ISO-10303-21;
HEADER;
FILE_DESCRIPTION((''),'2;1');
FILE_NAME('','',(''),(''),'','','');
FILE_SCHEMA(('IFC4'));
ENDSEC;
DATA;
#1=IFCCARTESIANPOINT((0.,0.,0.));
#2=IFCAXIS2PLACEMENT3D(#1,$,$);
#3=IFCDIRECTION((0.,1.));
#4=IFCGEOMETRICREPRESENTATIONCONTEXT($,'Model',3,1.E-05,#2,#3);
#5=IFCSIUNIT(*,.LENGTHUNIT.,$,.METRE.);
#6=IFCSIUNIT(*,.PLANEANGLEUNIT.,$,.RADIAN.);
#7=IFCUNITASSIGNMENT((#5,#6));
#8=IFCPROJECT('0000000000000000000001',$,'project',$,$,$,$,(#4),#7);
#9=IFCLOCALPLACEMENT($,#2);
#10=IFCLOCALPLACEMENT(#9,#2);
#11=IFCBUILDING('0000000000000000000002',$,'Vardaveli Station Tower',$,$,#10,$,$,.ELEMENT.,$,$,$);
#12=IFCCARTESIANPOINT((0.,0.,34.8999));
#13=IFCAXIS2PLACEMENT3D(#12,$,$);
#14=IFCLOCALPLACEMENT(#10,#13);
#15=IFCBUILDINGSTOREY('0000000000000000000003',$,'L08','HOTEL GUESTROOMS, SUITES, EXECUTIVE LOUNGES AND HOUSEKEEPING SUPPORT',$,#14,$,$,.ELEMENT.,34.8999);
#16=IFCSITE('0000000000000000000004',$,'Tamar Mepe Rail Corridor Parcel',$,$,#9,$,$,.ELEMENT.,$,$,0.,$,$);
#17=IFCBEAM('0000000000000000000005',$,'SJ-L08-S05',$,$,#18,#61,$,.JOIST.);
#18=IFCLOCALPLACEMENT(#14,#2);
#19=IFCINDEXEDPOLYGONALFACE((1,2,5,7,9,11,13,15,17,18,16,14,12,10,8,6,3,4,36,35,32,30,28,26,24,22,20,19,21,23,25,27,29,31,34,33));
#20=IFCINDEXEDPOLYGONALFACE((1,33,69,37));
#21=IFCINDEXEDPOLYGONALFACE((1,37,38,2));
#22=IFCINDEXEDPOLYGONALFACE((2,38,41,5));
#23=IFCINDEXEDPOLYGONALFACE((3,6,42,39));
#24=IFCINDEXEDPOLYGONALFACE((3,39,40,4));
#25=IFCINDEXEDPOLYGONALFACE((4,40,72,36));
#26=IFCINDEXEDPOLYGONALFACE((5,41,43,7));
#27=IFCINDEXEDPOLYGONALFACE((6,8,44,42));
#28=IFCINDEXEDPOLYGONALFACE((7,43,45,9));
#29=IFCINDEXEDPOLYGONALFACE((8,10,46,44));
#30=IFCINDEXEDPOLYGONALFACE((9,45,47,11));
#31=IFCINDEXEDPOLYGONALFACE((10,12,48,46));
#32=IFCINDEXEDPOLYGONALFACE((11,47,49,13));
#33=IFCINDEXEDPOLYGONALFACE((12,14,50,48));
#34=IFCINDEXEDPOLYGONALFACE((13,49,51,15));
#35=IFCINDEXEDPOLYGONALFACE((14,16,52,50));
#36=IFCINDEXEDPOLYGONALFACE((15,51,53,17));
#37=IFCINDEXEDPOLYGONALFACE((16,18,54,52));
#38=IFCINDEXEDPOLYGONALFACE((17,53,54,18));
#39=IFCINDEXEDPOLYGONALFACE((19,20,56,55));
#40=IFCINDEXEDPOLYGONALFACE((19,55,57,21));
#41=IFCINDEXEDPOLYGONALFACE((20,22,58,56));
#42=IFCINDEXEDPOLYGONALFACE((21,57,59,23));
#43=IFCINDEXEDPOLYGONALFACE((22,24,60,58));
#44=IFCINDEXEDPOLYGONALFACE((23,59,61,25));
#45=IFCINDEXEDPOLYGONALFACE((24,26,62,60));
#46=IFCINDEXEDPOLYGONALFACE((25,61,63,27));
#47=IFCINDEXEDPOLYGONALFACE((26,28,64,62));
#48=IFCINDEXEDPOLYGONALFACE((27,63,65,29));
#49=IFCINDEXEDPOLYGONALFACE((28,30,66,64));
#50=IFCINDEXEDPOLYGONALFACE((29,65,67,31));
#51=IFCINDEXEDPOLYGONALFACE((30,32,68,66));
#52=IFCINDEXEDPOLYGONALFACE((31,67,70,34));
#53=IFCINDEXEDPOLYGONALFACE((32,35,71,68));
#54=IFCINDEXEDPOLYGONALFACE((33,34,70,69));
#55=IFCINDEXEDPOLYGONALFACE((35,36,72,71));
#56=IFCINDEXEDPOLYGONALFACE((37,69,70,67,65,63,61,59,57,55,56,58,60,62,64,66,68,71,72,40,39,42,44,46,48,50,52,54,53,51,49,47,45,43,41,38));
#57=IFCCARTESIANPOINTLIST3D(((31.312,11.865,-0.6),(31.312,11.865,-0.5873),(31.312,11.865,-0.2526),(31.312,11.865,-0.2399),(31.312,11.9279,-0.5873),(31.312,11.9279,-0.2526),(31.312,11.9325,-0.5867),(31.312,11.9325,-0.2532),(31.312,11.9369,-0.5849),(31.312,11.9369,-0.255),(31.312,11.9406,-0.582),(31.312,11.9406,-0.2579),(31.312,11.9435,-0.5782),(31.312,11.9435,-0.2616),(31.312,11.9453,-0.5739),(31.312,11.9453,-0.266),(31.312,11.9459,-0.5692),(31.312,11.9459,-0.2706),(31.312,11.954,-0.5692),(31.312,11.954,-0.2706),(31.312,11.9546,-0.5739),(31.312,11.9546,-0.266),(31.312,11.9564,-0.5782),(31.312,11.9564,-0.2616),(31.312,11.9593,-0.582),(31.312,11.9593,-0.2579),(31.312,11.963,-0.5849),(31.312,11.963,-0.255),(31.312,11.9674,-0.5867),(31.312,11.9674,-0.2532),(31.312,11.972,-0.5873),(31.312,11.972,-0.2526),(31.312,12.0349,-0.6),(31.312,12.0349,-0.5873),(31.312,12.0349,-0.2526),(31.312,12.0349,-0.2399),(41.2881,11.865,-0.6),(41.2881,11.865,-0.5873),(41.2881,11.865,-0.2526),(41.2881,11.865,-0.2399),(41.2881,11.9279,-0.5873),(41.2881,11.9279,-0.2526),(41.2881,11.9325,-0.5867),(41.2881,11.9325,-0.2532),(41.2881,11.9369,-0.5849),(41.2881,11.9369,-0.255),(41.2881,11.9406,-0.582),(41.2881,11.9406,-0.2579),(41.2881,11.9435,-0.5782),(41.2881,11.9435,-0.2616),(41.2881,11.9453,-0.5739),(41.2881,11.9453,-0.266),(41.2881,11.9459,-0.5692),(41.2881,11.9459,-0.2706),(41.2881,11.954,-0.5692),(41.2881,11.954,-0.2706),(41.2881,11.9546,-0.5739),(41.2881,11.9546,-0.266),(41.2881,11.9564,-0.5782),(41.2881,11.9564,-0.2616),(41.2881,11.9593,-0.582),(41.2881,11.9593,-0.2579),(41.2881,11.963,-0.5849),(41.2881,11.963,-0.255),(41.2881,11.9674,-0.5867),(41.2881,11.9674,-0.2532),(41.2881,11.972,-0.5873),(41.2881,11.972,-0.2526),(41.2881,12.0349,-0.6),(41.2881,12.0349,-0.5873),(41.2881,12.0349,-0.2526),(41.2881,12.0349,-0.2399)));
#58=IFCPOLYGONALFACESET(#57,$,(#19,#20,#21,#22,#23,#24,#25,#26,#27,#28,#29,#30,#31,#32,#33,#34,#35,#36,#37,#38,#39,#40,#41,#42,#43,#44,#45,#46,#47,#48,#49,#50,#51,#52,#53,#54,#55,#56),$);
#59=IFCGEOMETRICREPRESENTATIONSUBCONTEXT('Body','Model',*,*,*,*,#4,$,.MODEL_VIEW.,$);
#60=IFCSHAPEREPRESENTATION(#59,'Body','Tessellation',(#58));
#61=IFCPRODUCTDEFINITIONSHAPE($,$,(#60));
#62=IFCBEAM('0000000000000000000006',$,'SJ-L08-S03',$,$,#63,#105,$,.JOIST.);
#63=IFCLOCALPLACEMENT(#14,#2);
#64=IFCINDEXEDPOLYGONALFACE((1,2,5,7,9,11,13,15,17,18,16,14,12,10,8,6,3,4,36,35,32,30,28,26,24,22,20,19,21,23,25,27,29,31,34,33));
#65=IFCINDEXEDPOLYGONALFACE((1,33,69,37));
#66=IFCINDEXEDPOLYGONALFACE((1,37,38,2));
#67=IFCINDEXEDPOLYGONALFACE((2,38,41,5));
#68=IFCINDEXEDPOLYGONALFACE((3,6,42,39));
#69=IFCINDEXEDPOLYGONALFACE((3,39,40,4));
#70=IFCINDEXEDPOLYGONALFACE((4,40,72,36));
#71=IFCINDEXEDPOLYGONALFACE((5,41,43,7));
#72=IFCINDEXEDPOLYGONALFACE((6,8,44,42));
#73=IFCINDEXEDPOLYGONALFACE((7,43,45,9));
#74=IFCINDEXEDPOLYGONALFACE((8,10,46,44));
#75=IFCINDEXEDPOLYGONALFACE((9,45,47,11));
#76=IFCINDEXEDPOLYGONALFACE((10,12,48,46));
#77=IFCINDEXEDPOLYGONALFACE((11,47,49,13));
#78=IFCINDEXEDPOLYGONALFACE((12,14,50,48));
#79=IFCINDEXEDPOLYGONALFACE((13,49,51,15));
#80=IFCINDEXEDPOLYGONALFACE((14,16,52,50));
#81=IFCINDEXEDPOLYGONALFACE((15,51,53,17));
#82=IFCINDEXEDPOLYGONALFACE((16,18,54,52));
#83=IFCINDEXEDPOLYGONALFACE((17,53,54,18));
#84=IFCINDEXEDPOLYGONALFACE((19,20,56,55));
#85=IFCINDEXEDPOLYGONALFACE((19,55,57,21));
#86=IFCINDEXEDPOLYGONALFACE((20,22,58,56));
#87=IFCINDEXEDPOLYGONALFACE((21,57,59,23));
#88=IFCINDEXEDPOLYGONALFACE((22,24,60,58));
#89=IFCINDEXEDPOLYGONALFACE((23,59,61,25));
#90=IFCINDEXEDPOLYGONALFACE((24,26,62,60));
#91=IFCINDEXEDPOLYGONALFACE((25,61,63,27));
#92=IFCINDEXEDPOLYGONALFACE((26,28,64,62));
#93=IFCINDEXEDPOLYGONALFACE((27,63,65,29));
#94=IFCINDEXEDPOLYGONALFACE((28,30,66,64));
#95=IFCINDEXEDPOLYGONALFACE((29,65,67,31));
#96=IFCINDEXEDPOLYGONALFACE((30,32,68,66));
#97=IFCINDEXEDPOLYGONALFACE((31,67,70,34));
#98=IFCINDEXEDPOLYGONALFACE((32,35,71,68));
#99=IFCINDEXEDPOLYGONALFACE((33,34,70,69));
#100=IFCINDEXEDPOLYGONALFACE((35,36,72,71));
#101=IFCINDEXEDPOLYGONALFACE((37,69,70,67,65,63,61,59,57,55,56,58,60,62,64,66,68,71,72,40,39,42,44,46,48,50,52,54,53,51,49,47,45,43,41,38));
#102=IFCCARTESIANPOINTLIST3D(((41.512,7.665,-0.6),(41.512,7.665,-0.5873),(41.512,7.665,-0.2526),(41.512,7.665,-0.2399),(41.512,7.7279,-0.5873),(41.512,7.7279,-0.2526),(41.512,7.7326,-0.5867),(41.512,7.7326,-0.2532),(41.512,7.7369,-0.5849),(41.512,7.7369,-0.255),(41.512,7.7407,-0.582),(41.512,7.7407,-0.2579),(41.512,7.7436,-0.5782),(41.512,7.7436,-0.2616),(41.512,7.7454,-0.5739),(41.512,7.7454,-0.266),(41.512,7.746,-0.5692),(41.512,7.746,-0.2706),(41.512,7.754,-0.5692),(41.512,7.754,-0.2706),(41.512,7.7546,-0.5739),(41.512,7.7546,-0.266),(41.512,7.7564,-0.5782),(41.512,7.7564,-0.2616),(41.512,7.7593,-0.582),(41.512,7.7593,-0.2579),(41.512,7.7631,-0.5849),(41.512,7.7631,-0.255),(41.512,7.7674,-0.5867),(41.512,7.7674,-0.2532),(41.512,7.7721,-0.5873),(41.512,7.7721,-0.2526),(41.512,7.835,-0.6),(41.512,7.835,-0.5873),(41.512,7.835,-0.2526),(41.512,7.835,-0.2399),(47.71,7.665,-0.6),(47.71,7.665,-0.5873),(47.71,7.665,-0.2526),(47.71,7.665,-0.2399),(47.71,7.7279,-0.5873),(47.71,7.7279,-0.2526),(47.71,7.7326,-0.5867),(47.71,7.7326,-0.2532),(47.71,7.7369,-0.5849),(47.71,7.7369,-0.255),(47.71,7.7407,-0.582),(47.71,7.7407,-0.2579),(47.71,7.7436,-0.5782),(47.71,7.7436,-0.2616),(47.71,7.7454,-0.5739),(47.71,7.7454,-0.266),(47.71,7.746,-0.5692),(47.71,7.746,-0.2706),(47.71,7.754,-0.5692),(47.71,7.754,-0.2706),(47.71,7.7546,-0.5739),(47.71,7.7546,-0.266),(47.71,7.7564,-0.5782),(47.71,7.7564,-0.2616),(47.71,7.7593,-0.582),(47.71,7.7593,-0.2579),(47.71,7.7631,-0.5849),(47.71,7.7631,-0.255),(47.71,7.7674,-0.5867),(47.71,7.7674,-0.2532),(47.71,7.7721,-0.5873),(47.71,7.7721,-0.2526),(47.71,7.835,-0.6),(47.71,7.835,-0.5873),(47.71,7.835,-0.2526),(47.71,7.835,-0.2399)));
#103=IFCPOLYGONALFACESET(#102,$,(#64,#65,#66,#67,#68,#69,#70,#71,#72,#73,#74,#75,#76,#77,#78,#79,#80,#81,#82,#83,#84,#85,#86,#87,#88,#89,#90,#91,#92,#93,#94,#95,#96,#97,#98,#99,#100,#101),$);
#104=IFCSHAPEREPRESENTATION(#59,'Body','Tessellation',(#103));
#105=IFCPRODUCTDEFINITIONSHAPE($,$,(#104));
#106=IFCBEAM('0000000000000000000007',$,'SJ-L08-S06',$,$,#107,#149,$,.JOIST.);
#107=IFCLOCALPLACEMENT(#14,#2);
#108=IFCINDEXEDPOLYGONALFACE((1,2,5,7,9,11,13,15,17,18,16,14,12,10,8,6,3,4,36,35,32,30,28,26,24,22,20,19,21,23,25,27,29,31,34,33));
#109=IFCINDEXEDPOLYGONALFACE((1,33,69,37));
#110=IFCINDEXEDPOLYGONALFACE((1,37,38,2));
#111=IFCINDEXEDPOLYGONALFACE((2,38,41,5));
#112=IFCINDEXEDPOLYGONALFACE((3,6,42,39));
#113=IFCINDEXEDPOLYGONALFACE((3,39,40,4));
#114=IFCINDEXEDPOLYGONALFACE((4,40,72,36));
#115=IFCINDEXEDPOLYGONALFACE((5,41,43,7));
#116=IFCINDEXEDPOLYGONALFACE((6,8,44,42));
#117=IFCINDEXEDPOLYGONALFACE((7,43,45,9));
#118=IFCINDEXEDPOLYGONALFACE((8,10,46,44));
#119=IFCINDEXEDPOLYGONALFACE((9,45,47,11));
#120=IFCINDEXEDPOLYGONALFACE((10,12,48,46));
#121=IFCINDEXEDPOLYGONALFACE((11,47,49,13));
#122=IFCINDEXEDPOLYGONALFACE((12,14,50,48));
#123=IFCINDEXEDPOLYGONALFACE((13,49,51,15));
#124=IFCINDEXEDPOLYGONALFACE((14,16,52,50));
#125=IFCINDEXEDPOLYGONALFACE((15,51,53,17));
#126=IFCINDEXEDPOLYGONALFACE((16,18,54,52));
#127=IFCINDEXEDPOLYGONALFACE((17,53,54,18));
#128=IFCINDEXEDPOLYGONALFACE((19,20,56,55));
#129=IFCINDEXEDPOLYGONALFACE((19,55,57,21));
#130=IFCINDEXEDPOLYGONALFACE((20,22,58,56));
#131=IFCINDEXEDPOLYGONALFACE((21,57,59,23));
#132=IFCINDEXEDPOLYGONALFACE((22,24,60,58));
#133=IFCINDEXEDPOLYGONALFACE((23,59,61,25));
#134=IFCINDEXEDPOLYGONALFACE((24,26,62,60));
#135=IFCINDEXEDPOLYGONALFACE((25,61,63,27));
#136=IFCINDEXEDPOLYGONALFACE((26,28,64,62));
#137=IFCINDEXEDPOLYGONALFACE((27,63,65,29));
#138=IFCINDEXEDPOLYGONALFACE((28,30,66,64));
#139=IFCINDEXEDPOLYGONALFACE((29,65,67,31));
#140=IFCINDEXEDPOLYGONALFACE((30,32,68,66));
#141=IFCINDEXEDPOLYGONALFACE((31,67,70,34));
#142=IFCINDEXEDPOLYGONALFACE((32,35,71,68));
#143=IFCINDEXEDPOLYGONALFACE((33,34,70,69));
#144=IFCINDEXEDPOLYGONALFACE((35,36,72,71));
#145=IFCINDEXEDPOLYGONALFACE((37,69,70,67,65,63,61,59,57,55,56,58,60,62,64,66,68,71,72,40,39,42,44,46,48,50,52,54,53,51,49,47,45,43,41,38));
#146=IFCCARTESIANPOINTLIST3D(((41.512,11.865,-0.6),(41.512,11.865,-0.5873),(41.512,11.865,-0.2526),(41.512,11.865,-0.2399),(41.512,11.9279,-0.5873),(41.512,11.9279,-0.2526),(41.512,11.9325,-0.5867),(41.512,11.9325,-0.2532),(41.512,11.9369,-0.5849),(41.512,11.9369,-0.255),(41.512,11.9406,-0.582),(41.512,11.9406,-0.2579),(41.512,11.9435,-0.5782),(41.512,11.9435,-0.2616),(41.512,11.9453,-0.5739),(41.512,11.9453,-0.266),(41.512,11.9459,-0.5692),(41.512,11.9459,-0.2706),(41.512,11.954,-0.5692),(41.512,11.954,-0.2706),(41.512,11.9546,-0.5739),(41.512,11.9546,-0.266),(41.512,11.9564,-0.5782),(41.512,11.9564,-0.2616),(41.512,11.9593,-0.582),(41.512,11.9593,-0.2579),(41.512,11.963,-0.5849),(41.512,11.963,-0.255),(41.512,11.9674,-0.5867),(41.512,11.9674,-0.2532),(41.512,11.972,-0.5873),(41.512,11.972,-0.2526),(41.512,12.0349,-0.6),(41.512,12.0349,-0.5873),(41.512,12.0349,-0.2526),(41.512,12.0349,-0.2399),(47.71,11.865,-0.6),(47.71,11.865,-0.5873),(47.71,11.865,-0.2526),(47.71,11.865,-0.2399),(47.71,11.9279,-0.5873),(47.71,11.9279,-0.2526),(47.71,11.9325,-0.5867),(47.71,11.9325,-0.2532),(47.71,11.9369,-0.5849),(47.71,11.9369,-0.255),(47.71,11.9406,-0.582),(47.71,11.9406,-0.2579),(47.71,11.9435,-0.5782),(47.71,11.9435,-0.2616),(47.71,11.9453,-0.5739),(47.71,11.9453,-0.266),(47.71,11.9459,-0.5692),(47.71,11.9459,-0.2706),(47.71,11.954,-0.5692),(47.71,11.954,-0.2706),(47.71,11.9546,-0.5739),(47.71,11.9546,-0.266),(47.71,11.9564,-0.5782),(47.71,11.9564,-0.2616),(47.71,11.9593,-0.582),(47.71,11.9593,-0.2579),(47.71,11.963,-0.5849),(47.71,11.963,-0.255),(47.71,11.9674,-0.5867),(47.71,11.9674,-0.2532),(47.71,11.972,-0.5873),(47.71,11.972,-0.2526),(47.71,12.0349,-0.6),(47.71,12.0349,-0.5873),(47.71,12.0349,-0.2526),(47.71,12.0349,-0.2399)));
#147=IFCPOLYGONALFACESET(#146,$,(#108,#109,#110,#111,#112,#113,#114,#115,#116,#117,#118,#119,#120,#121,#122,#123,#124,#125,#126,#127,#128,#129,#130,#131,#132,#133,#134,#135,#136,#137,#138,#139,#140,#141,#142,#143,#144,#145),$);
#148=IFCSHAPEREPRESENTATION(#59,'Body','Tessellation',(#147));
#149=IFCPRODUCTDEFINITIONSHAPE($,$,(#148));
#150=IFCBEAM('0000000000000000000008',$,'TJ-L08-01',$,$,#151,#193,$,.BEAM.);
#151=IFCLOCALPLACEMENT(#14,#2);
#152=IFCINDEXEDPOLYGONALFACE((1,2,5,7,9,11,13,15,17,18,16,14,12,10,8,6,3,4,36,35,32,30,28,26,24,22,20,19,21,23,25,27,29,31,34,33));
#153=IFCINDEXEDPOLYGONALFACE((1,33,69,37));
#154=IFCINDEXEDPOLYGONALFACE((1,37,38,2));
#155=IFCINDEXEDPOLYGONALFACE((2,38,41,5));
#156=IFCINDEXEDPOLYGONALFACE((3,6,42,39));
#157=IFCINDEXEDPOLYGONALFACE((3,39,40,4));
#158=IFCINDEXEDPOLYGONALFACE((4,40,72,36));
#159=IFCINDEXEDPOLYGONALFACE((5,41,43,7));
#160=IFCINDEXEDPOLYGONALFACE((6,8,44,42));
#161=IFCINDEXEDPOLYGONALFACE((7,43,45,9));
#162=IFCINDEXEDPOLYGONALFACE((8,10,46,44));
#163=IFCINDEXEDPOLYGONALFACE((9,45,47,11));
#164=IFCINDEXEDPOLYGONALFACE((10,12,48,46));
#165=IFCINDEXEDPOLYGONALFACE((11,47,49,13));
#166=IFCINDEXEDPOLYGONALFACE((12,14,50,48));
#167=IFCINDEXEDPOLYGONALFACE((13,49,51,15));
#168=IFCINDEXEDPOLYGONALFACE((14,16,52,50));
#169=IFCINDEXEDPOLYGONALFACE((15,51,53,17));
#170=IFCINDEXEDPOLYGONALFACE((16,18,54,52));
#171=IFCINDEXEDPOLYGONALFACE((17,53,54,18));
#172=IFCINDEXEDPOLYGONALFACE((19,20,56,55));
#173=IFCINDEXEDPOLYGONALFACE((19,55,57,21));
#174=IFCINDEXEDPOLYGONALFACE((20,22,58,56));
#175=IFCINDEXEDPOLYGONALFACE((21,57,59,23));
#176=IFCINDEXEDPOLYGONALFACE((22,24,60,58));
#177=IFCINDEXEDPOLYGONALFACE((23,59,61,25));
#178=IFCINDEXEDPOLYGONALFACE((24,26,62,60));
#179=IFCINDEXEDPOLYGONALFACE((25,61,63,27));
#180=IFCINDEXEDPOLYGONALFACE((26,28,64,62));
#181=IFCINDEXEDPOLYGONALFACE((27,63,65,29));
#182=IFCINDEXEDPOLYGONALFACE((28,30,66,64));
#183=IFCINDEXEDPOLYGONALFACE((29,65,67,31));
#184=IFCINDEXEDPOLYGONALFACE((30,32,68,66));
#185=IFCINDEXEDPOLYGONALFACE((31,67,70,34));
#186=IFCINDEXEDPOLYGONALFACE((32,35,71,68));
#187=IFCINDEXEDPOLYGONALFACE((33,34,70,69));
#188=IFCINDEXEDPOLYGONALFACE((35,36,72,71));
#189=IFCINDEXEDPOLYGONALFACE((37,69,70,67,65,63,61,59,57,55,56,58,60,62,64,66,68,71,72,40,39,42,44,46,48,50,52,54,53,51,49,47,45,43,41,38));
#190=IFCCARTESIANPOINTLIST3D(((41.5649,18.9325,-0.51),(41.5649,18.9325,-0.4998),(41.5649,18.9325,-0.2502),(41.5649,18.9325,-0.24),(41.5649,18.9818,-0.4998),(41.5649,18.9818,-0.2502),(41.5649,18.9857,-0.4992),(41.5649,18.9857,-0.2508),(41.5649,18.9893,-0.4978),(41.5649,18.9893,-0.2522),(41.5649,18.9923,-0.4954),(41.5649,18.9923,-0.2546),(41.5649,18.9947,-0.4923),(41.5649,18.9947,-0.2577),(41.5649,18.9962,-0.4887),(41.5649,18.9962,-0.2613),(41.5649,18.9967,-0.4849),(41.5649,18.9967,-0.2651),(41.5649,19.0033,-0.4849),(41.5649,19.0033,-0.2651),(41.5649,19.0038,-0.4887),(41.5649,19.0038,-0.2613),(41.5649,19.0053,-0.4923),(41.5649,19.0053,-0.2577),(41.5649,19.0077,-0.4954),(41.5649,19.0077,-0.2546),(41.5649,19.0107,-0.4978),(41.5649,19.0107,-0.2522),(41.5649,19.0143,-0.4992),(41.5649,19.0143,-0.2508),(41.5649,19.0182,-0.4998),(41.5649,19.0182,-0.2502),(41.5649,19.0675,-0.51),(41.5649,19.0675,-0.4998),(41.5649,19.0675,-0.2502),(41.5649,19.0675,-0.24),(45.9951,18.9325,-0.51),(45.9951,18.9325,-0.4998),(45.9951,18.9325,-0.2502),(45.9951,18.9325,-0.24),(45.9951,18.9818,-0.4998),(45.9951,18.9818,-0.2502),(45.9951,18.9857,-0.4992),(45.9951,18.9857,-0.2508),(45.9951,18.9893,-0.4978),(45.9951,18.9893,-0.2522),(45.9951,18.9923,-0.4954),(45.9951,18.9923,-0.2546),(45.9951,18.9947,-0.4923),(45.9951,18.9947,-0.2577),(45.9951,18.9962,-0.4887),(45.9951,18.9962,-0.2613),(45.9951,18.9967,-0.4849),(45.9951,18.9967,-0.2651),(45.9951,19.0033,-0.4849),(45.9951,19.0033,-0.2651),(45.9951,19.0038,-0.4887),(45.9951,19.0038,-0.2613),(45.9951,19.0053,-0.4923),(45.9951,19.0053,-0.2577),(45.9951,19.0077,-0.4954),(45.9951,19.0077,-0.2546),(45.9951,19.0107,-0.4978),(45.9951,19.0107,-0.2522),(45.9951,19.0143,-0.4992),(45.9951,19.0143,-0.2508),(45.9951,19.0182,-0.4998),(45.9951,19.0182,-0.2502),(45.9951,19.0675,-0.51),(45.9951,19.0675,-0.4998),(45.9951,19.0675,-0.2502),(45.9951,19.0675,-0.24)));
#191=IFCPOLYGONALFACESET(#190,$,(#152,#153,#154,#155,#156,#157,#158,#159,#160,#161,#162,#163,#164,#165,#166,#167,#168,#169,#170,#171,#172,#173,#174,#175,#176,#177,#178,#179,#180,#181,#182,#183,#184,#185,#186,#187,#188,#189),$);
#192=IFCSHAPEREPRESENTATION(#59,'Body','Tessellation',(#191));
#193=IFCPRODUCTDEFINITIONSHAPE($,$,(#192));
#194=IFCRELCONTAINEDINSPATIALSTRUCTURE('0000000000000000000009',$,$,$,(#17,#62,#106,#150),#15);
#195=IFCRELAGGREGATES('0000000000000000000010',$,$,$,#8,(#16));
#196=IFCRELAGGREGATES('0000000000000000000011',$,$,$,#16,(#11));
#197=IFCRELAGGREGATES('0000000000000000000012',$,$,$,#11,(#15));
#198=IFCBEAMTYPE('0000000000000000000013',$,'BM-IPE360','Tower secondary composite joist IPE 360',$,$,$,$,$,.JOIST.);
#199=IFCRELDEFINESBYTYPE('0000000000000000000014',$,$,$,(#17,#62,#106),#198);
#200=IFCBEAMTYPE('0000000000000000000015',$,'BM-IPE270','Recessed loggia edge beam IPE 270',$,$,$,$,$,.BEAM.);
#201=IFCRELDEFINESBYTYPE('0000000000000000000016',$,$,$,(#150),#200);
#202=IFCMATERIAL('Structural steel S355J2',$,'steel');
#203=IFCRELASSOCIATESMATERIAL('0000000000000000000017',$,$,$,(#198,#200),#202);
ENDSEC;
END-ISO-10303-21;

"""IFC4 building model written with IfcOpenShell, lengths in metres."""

from ifc_helpers import new_model, si_unit, direction, frame, origin, origin_2d, place, context, subcontext, project, spatial, i_section, extrude, source, transform, mapped, material, material_profile, profile_set, type_object, element, save


model = new_model("IFC4")

# Units and contexts
model_context = context("Model", 3, precision=1e-05, world=origin(), true_north=direction((0.0, 1.0)))
body_context = subcontext(model_context, "Body", "Model", "MODEL_VIEW")
ifc_project = project(units=[si_unit("LENGTHUNIT", "METRE"), si_unit("PLANEANGLEUNIT", "RADIAN")], contexts=[model_context])

# Site, building, storey
site_placement = place(None, origin())
site = spatial("IfcSite", under=ifc_project, at=site_placement, Name="Tamar Mepe Rail Corridor Parcel", CompositionType="ELEMENT", RefElevation=0.0)
building_placement = place(site_placement, origin())
building = spatial("IfcBuilding", under=site, at=building_placement, Name="Vardaveli Station Tower", CompositionType="ELEMENT")
storey_placement = place(building_placement, frame((0.0, 0.0, 34.8999)))
storey = spatial("IfcBuildingStorey", under=building, at=storey_placement, Name="L08", Description="HOTEL GUESTROOMS, SUITES, EXECUTIVE LOUNGES AND HOUSEKEEPING SUPPORT", CompositionType="ELEMENT", Elevation=34.8999)

# Beams
ifc_material_1 = material(Name="Structural steel S355J2", Category="steel")
ifc_material_profile_1 = material_profile(ifc_material_1, i_section(OverallWidth=0.1699, OverallDepth=0.3601, WebThickness=0.0081, FlangeThickness=0.0127, FilletRadius=0.0181, at=origin_2d()), Name="IPE 360")
ifc_profile_set_1 = profile_set([ifc_material_profile_1], Name="Structural steel S355J2")
beam_type_1 = type_object("IfcBeamType", Name="BM-IPE360", Description="Tower secondary composite joist IPE 360", PredefinedType="JOIST", material=ifc_profile_set_1)
shared_shape_1 = source(origin(), body_context, "Body", "SweptSolid", [
    extrude(i_section(OverallWidth=0.1699, OverallDepth=0.3601, WebThickness=0.0081, FlangeThickness=0.0127, FilletRadius=0.0181, at=origin_2d()), origin(), (0.0, 0.0, 1.0), 9.9761),
])
for number, where, z_axis, x_axis, name in (
    (1, (31.312, 11.95, -0.4199), (1.0, 0.0, 0.0), (0.0, 1.0, 0.0), "SJ-L08-S05"),
):
    element("IfcBeam", number, at=place(storey_placement, frame(where, z_axis=z_axis, x_axis=x_axis)), inside=storey, type_object=beam_type_1, Name=name, PredefinedType="JOIST", context=body_context, shape_type="MappedRepresentation", body=[
        mapped(shared_shape_1, transform((0.0, 0.0, 0.0), scale=1.0)),
    ])
shared_shape_2 = source(origin(), body_context, "Body", "SweptSolid", [
    extrude(i_section(OverallWidth=0.1699, OverallDepth=0.3601, WebThickness=0.0081, FlangeThickness=0.0127, FilletRadius=0.0181, at=origin_2d()), origin(), (0.0, 0.0, 1.0), 6.198),
])
for number, where, z_axis, x_axis, name in (
    (2, (41.512, 7.75, -0.4199), (1.0, 0.0, 0.0), (0.0, 1.0, 0.0), "SJ-L08-S03"),
    (3, (41.512, 11.95, -0.4199), (1.0, 0.0, 0.0), (0.0, 1.0, 0.0), "SJ-L08-S06"),
):
    element("IfcBeam", number, at=place(storey_placement, frame(where, z_axis=z_axis, x_axis=x_axis)), inside=storey, type_object=beam_type_1, Name=name, PredefinedType="JOIST", context=body_context, shape_type="MappedRepresentation", body=[
        mapped(shared_shape_2, transform((0.0, 0.0, 0.0), scale=1.0)),
    ])
ifc_material_profile_2 = material_profile(ifc_material_1, i_section(OverallWidth=0.135, OverallDepth=0.27, WebThickness=0.0066, FlangeThickness=0.0103, FilletRadius=0.0149, at=origin_2d()), Name="IPE 270")
ifc_profile_set_2 = profile_set([ifc_material_profile_2], Name="Structural steel S355J2")
beam_type_2 = type_object("IfcBeamType", Name="BM-IPE270", Description="Recessed loggia edge beam IPE 270", PredefinedType="BEAM", material=ifc_profile_set_2)
shared_shape_3 = source(origin(), body_context, "Body", "SweptSolid", [
    extrude(i_section(OverallWidth=0.135, OverallDepth=0.27, WebThickness=0.0066, FlangeThickness=0.0103, FilletRadius=0.0149, at=origin_2d()), origin(), (0.0, 0.0, 1.0), 4.4302),
])
beam_1_placement = place(storey_placement, frame((41.5649, 19.0, -0.375), z_axis=(1.0, 0.0, 0.0), x_axis=(0.0, 1.0, 0.0)))
element("IfcBeam", 4, at=beam_1_placement, inside=storey, type_object=beam_type_2, Name="TJ-L08-01", PredefinedType="BEAM", context=body_context, shape_type="MappedRepresentation", body=[
    mapped(shared_shape_3, transform((0.0, 0.0, 0.0), scale=1.0)),
])

save(model, "model.ifc")
